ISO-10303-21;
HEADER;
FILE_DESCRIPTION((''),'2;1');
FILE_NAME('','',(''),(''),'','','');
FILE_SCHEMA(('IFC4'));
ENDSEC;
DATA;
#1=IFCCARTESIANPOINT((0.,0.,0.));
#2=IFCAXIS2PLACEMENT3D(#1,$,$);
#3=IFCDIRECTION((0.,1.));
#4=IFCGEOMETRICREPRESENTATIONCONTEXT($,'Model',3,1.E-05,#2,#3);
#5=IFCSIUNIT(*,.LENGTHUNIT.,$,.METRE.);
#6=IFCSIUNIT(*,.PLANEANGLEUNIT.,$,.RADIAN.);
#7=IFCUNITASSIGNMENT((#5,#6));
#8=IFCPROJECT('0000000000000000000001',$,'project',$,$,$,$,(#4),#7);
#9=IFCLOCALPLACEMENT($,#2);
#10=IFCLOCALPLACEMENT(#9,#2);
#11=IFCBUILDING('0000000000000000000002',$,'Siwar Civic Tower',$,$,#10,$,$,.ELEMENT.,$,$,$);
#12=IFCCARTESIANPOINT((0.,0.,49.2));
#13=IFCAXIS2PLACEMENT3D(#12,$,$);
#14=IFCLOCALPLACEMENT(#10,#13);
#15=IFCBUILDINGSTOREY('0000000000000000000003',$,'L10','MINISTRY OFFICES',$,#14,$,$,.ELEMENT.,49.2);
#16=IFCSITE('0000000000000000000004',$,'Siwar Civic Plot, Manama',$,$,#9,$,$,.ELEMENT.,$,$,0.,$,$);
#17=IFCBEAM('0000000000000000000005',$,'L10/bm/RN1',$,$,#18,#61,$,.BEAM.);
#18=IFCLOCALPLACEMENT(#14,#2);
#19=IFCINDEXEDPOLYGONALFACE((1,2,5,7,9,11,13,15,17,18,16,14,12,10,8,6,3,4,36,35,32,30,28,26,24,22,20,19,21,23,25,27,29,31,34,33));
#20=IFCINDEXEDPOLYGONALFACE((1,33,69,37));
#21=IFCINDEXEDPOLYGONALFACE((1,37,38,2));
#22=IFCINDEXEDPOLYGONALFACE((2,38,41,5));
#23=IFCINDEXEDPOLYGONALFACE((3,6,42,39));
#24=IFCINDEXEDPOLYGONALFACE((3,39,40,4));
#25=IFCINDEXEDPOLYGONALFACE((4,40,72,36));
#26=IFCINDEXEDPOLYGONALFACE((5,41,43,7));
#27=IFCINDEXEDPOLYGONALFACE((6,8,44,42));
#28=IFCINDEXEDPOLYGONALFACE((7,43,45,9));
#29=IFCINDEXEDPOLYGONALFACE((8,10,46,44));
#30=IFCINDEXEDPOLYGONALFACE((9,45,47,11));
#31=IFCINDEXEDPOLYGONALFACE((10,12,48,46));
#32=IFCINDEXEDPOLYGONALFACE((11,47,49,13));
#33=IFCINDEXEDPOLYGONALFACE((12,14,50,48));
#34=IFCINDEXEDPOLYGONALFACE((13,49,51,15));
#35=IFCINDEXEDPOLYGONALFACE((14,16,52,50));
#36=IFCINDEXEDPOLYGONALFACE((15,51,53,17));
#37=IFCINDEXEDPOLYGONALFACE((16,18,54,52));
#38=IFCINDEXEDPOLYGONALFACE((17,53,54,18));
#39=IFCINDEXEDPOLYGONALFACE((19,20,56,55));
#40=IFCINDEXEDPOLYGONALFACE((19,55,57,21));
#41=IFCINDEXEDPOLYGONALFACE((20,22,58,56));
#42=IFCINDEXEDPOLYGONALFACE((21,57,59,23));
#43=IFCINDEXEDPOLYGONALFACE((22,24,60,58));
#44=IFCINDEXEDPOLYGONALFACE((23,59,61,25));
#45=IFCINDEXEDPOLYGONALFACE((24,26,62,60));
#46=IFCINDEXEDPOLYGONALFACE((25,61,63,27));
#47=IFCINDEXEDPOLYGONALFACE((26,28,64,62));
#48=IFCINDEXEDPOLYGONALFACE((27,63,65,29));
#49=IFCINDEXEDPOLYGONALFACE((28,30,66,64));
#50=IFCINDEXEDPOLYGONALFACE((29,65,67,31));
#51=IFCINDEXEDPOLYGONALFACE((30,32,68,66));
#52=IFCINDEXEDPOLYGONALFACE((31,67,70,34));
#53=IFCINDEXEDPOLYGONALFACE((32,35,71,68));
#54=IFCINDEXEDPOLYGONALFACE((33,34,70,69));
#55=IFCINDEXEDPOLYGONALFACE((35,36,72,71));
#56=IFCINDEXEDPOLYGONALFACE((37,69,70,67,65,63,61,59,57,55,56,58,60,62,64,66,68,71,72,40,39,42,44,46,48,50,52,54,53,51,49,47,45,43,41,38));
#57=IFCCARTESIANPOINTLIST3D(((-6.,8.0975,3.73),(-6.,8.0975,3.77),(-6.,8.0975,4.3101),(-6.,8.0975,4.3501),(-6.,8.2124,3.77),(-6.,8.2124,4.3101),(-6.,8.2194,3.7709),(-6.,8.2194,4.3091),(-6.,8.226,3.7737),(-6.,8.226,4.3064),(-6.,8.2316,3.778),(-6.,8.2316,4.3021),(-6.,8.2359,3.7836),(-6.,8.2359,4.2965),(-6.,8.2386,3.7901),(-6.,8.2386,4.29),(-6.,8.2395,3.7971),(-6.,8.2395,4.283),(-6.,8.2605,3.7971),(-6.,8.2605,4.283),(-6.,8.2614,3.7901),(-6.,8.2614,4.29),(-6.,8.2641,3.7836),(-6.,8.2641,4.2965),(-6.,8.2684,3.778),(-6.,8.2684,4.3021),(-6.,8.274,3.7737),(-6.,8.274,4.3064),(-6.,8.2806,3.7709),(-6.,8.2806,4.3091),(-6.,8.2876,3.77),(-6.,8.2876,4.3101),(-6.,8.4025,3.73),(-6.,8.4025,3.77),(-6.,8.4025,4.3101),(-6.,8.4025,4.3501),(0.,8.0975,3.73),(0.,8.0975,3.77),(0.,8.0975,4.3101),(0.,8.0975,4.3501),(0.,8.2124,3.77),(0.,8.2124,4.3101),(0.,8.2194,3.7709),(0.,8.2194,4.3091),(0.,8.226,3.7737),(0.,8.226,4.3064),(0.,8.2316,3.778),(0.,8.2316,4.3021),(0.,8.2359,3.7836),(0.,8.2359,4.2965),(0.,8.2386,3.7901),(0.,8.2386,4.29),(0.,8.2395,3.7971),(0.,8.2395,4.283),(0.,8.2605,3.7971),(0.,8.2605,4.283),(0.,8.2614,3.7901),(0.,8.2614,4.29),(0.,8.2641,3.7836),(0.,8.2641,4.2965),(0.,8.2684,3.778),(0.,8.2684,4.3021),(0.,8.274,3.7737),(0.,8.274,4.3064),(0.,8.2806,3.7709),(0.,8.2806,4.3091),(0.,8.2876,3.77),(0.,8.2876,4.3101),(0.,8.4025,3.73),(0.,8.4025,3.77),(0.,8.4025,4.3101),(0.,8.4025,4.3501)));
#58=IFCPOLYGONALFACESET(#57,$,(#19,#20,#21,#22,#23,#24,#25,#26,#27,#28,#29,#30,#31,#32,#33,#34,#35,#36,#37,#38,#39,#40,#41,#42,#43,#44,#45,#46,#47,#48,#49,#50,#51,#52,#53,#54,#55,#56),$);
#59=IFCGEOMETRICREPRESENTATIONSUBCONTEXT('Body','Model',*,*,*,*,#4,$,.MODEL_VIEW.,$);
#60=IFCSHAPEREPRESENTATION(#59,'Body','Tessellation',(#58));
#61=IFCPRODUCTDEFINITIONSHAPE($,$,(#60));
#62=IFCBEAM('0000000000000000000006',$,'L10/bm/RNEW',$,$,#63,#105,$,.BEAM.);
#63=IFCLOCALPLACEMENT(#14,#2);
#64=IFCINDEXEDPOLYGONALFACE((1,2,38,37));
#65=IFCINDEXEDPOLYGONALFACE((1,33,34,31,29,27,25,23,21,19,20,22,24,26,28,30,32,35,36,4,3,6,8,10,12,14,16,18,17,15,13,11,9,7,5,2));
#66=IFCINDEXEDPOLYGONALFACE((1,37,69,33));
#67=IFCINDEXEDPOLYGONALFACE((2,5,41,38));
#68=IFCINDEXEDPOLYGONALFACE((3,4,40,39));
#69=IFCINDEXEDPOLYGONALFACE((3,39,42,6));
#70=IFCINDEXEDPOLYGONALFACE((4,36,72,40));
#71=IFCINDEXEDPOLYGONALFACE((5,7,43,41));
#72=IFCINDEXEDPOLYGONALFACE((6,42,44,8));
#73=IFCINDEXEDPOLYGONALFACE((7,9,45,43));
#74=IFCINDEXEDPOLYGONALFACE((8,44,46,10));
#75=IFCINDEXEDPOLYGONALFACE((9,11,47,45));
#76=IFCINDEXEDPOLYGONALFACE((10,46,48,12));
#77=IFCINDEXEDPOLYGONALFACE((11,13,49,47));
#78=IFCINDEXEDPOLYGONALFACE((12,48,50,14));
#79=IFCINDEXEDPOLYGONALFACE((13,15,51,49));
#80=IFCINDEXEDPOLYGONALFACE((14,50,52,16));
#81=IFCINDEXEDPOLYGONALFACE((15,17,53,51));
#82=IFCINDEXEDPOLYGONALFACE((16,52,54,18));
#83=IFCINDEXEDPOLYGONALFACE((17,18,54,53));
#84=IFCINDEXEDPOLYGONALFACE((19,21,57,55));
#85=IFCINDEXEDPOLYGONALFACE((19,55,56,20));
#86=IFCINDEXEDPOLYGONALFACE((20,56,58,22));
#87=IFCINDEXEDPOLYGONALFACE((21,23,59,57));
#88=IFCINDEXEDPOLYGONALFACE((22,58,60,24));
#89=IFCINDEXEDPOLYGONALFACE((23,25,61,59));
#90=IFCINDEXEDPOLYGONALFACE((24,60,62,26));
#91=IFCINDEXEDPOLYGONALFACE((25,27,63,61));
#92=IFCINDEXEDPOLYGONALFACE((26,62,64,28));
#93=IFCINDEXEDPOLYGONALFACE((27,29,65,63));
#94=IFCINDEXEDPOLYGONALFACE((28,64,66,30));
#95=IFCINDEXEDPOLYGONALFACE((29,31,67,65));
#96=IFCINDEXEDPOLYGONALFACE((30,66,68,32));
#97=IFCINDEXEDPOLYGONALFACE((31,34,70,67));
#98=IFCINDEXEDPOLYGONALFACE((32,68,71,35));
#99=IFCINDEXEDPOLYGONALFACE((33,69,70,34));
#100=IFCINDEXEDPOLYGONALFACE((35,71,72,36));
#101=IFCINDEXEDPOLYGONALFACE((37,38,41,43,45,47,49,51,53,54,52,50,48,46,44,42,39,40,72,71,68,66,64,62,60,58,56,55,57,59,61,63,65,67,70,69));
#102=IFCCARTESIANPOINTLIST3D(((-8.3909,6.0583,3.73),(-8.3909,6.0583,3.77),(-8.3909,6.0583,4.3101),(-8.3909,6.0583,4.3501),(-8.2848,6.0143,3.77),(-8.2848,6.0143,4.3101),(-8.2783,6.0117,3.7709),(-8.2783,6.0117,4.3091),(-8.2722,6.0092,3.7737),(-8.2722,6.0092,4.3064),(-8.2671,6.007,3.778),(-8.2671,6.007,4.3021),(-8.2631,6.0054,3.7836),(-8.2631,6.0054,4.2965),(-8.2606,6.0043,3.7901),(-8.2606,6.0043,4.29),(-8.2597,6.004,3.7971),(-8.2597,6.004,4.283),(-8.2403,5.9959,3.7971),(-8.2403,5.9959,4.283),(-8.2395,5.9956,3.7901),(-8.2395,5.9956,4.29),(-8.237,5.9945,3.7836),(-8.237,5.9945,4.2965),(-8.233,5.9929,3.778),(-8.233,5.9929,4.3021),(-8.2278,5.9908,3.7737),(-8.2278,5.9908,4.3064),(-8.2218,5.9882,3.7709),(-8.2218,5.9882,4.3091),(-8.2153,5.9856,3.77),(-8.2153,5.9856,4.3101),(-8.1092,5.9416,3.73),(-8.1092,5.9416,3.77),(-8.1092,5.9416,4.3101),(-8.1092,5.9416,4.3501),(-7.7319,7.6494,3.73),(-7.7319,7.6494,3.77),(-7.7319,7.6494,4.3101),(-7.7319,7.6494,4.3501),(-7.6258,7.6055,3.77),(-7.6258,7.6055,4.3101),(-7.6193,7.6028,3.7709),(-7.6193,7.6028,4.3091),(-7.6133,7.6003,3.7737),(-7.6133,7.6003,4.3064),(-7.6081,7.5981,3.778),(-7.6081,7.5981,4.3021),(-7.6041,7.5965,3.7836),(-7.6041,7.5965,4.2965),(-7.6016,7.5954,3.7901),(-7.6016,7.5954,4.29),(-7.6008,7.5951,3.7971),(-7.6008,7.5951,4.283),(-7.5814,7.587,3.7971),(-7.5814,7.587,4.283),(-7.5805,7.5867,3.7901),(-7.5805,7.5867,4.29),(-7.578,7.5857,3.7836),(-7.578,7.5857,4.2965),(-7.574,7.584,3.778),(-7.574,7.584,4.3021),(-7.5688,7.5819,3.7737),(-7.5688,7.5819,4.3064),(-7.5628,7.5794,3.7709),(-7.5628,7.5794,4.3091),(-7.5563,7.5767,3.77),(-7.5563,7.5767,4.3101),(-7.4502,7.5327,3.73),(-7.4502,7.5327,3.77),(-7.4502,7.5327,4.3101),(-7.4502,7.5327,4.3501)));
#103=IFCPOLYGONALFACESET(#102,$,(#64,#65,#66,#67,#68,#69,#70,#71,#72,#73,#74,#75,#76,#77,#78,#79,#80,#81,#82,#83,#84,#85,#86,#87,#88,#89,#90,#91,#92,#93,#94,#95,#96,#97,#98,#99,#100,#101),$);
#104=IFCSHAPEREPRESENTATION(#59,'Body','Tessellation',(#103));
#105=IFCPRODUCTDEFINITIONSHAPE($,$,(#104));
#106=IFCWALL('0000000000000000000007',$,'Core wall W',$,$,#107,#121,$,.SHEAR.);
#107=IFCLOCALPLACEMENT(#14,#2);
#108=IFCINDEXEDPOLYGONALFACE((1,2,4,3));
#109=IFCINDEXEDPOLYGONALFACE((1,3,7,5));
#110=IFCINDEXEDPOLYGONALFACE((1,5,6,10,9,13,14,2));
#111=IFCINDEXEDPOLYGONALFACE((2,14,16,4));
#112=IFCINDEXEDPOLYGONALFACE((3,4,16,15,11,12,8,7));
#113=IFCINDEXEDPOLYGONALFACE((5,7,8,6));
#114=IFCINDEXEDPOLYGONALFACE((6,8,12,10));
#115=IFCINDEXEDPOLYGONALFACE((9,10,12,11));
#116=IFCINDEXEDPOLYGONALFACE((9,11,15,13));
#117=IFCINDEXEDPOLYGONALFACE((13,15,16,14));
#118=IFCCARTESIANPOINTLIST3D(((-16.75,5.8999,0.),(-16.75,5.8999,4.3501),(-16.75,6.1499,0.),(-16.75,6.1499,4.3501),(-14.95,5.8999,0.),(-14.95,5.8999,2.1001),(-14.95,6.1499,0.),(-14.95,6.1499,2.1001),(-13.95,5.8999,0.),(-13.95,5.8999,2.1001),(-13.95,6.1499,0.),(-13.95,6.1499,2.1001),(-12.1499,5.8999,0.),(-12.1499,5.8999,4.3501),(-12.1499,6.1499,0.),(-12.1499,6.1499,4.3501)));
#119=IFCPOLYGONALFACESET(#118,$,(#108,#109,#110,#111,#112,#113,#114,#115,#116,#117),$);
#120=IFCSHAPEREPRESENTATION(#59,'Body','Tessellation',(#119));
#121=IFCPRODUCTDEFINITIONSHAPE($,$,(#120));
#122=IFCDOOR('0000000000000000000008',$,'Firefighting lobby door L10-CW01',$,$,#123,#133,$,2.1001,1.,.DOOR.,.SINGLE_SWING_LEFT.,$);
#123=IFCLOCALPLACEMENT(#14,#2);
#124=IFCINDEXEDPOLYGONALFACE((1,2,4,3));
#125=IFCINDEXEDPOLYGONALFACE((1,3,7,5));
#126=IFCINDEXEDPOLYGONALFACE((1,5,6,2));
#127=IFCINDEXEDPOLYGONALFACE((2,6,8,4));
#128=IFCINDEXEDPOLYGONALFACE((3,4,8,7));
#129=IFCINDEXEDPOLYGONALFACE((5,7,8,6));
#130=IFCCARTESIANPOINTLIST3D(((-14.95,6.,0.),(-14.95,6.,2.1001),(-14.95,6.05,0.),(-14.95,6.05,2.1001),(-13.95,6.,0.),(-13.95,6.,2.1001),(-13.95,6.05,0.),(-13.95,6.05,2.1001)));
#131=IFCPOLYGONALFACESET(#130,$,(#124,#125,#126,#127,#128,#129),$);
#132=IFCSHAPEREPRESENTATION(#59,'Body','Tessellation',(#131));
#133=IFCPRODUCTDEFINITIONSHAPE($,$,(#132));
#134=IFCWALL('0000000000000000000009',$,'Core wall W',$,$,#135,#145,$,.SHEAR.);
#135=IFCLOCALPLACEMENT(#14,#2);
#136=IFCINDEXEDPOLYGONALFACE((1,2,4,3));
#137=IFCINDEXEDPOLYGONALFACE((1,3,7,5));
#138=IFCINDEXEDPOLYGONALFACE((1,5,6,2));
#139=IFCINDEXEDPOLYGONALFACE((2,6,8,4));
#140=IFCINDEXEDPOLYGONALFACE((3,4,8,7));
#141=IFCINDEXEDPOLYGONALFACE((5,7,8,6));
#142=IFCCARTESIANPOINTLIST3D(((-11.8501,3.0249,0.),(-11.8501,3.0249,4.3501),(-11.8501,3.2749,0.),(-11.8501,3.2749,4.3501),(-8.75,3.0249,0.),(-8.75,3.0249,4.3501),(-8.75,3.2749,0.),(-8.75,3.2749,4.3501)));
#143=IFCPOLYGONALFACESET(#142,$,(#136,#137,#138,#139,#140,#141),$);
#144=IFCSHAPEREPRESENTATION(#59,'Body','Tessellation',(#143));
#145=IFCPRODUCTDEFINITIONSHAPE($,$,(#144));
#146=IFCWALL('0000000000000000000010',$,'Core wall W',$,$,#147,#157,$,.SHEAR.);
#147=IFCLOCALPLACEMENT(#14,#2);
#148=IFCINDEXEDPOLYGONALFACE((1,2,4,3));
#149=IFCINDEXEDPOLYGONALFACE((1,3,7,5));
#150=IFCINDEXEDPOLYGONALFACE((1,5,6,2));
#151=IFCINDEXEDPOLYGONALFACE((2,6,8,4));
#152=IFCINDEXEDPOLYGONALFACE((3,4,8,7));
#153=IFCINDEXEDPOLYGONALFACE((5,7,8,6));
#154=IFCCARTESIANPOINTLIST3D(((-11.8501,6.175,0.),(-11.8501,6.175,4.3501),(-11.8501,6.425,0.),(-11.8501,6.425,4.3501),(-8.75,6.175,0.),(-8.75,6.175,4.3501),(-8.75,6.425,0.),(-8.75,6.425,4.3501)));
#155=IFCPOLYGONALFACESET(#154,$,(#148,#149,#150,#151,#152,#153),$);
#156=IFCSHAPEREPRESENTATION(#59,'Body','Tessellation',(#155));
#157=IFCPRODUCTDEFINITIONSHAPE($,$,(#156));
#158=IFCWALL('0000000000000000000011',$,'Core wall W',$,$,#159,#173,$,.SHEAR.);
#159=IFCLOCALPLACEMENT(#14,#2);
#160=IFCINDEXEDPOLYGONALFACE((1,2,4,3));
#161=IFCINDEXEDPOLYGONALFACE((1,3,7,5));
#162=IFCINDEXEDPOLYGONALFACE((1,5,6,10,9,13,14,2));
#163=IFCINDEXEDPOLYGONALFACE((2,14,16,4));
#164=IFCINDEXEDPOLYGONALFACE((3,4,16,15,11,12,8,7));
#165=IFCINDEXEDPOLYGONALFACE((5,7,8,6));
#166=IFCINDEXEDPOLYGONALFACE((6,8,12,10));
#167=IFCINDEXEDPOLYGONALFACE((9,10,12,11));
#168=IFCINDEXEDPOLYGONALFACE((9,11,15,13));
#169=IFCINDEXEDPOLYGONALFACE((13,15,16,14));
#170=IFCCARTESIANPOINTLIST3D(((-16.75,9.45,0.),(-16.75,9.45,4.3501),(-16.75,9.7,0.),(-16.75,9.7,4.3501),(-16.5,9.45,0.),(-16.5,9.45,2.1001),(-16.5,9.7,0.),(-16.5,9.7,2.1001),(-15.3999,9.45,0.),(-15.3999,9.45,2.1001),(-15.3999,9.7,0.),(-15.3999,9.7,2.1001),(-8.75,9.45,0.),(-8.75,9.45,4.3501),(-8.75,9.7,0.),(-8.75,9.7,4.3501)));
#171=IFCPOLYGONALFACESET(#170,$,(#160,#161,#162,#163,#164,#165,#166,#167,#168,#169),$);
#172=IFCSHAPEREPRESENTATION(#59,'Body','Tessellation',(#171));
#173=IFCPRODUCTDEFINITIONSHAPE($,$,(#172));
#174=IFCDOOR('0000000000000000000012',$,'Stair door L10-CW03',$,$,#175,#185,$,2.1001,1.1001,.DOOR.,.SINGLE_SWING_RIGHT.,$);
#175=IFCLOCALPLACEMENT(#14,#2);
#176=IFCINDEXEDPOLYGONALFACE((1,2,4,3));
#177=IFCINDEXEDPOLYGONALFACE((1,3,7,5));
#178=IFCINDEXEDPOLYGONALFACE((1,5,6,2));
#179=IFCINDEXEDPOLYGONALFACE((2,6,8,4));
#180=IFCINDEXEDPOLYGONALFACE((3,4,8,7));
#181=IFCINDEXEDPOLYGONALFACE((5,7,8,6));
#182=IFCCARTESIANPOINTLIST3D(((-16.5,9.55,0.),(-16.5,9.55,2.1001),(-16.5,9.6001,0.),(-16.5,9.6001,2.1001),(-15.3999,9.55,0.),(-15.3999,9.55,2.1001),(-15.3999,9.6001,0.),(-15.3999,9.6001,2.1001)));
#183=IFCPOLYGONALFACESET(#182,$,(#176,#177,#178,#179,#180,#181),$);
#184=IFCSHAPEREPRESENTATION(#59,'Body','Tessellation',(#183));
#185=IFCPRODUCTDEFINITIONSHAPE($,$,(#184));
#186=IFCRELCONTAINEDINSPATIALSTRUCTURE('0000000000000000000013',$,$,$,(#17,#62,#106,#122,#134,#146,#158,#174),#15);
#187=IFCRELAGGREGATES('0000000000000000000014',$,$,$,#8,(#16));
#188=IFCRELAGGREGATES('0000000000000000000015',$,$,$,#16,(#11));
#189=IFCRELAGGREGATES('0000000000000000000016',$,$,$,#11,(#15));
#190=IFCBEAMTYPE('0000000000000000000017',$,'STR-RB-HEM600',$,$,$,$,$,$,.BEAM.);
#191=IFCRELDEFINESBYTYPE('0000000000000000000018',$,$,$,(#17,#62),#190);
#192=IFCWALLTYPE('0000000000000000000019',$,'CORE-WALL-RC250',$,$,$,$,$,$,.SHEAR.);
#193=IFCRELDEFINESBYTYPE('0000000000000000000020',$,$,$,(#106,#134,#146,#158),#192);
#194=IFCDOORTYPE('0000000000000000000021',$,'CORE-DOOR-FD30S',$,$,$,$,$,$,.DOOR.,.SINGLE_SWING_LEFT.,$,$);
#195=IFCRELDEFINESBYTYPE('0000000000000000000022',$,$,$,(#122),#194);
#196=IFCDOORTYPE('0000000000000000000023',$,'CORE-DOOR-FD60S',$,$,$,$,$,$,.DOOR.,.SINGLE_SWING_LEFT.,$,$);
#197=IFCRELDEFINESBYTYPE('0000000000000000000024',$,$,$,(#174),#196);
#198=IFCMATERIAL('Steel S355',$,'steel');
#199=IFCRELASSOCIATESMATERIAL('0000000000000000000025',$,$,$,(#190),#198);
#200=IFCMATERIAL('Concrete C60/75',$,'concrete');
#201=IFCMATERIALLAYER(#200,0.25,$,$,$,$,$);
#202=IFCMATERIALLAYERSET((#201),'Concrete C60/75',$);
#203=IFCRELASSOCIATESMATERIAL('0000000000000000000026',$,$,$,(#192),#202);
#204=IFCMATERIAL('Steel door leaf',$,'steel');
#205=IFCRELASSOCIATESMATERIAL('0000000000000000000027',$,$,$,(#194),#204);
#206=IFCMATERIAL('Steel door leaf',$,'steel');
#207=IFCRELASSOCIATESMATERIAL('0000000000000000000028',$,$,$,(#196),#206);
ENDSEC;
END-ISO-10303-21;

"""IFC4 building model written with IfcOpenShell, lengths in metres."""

from ifc_helpers import new_model, si_unit, direction, frame, frame_2d, origin, origin_2d, place, context, subcontext, project, spatial, rectangle, i_section, extrude, material, layer, layer_set, material_profile, profile_set, type_object, element, fill, save


model = new_model("IFC4")

# Units and contexts
model_context = context("Model", 3, precision=1e-05, world=origin(), true_north=direction((0.0, 1.0)))
body_context = subcontext(model_context, "Body", "Model", "MODEL_VIEW")
ifc_project = project(units=[si_unit("LENGTHUNIT", "METRE"), si_unit("PLANEANGLEUNIT", "RADIAN")], contexts=[model_context])

# Site, building, storey
site_placement = place(None, origin())
site = spatial("IfcSite", under=ifc_project, at=site_placement, Name="Siwar Civic Plot, Manama", CompositionType="ELEMENT", RefElevation=0.0)
building_placement = place(site_placement, origin())
building = spatial("IfcBuilding", under=site, at=building_placement, Name="Siwar Civic Tower", CompositionType="ELEMENT")
storey_placement = place(building_placement, frame((0.0, 0.0, 49.2)))
storey = spatial("IfcBuildingStorey", under=building, at=storey_placement, Name="L10", Description="MINISTRY OFFICES", CompositionType="ELEMENT", Elevation=49.2)

# Beams
ifc_material_1 = material(Name="Steel S355", Category="steel")
ifc_material_profile_1 = material_profile(ifc_material_1, i_section(OverallWidth=0.3049, OverallDepth=0.6201, WebThickness=0.021, FlangeThickness=0.04, FilletRadius=0.0271, at=origin_2d()), Name="HEM600")
ifc_profile_set_1 = profile_set([ifc_material_profile_1], Name="Steel S355")
beam_type_1 = type_object("IfcBeamType", Name="STR-RB-HEM600", PredefinedType="BEAM", material=ifc_profile_set_1)
beam_1_placement = place(storey_placement, frame((-6.0, 8.25, 4.04), z_axis=(1.0, 0.0, 0.0), x_axis=(0.0, 1.0, 0.0)))
element("IfcBeam", 1, at=beam_1_placement, inside=storey, type_object=beam_type_1, Name="L10/bm/RN1", PredefinedType="BEAM", context=body_context, shape_type="SweptSolid", body=[
    extrude(i_section(OverallWidth=0.3049, OverallDepth=0.6201, WebThickness=0.021, FlangeThickness=0.04, FilletRadius=0.0271, at=origin_2d()), origin(), (0.0, 0.0, 1.0), 6.0),
])
beam_2_placement = place(storey_placement, frame((-7.5911, 7.5911, 4.04), z_axis=(-0.382631, -0.923901, 0.0), x_axis=(0.923901, -0.382631, 0.0)))
element("IfcBeam", 2, at=beam_2_placement, inside=storey, type_object=beam_type_1, Name="L10/bm/RNEW", PredefinedType="BEAM", context=body_context, shape_type="SweptSolid", body=[
    extrude(i_section(OverallWidth=0.3049, OverallDepth=0.6201, WebThickness=0.021, FlangeThickness=0.04, FilletRadius=0.0271, at=origin_2d()), origin(), (0.0, 0.0, 1.0), 1.7222),
])

# Wall, opening, door
ifc_material_2 = material(Name="Concrete C60/75", Category="concrete")
ifc_layer_1 = layer(ifc_material_2, 0.25)
ifc_layer_set_1 = layer_set([ifc_layer_1], Name="Concrete C60/75")
wall_type_1 = type_object("IfcWallType", Name="CORE-WALL-RC250", PredefinedType="SHEAR", material=ifc_layer_set_1)
wall_1_placement = place(storey_placement, frame((-12.1499, 6.0249, 0.0), z_axis=(0.0, 0.0, 1.0), x_axis=(-1.0, 0.0, 0.0)))
wall_1 = element("IfcWall", 3, at=wall_1_placement, inside=storey, type_object=wall_type_1, Name="Core wall W", PredefinedType="SHEAR", context=body_context, shape_type="SweptSolid", body=[
    extrude(rectangle(XDim=4.6001, YDim=0.25, at=frame_2d((2.3, 0.0))), origin(), (0.0, 0.0, 1.0), 4.3501),
])
opening_1_placement = place(wall_1_placement, frame((1.8, 0.0, 0.0)))
opening_1 = element("IfcOpeningElement", 4, at=opening_1_placement, cuts=wall_1, PredefinedType="OPENING", context=body_context, shape_type="SweptSolid", body=[
    extrude(rectangle(XDim=1.0, YDim=2.1001, at=frame_2d((0.5, 1.05))), frame((0.0, 0.135, 0.0), z_axis=(0.0, -1.0, 0.0), x_axis=(1.0, 0.0, 0.0)), (0.0, 0.0, 1.0), 0.27),
])
ifc_material_3 = material(Name="Steel door leaf", Category="steel")
door_type_1 = type_object("IfcDoorType", Name="CORE-DOOR-FD30S", OperationType="SINGLE_SWING_LEFT", PredefinedType="DOOR", material=ifc_material_3)
door_1_placement = place(opening_1_placement, origin())
door_1 = element("IfcDoor", 5, at=door_1_placement, inside=storey, type_object=door_type_1, Name="Firefighting lobby door L10-CW01", OperationType="SINGLE_SWING_LEFT", OverallHeight=2.1001, OverallWidth=1.0, PredefinedType="DOOR", context=body_context, shape_type="SweptSolid", body=[
    extrude(rectangle(XDim=1.0, YDim=2.1001, at=frame_2d((0.5, 1.05))), frame((0.0, 0.0249, 0.0), z_axis=(0.0, -1.0, 0.0), x_axis=(1.0, 0.0, 0.0)), (0.0, 0.0, 1.0), 0.05),
])
fill(opening_1, door_1)

# Walls
for number, where, z_axis, x_axis, name in (
    (6, (-8.75, 3.1499, 0.0), (0.0, 0.0, 1.0), (-1.0, 0.0, 0.0), "Core wall W"),
    (7, (-8.75, 6.3, 0.0), (0.0, 0.0, 1.0), (-1.0, 0.0, 0.0), "Core wall W"),
):
    element("IfcWall", number, at=place(storey_placement, frame(where, z_axis=z_axis, x_axis=x_axis)), inside=storey, type_object=wall_type_1, Name=name, PredefinedType="SHEAR", context=body_context, shape_type="SweptSolid", body=[
        extrude(rectangle(XDim=3.1001, YDim=0.25, at=frame_2d((1.55, 0.0))), origin(), (0.0, 0.0, 1.0), 4.3501),
    ])

# Wall, opening, door
wall_2_placement = place(storey_placement, frame((-8.75, 9.575, 0.0), z_axis=(0.0, 0.0, 1.0), x_axis=(-1.0, 0.0, 0.0)))
wall_2 = element("IfcWall", 8, at=wall_2_placement, inside=storey, type_object=wall_type_1, Name="Core wall W", PredefinedType="SHEAR", context=body_context, shape_type="SweptSolid", body=[
    extrude(rectangle(XDim=8.0, YDim=0.25, at=frame_2d((4.0, 0.0))), origin(), (0.0, 0.0, 1.0), 4.3501),
])
opening_2_placement = place(wall_2_placement, frame((6.6499, 0.0, 0.0)))
opening_2 = element("IfcOpeningElement", 9, at=opening_2_placement, cuts=wall_2, PredefinedType="OPENING", context=body_context, shape_type="SweptSolid", body=[
    extrude(rectangle(XDim=1.1001, YDim=2.1001, at=frame_2d((0.55, 1.05))), frame((0.0, 0.135, 0.0), z_axis=(0.0, -1.0, 0.0), x_axis=(1.0, 0.0, 0.0)), (0.0, 0.0, 1.0), 0.27),
])
ifc_material_4 = material(Name="Steel door leaf", Category="steel")
door_type_2 = type_object("IfcDoorType", Name="CORE-DOOR-FD60S", OperationType="SINGLE_SWING_LEFT", PredefinedType="DOOR", material=ifc_material_4)
door_2_placement = place(opening_2_placement, origin())
door_2 = element("IfcDoor", 10, at=door_2_placement, inside=storey, type_object=door_type_2, Name="Stair door L10-CW03", OperationType="SINGLE_SWING_RIGHT", OverallHeight=2.1001, OverallWidth=1.1001, PredefinedType="DOOR", context=body_context, shape_type="SweptSolid", body=[
    extrude(rectangle(XDim=1.1001, YDim=2.1001, at=frame_2d((0.55, 1.05))), frame((0.0, 0.0249, 0.0), z_axis=(0.0, -1.0, 0.0), x_axis=(1.0, 0.0, 0.0)), (0.0, 0.0, 1.0), 0.05),
])
fill(opening_2, door_2)

save(model, "model.ifc")
